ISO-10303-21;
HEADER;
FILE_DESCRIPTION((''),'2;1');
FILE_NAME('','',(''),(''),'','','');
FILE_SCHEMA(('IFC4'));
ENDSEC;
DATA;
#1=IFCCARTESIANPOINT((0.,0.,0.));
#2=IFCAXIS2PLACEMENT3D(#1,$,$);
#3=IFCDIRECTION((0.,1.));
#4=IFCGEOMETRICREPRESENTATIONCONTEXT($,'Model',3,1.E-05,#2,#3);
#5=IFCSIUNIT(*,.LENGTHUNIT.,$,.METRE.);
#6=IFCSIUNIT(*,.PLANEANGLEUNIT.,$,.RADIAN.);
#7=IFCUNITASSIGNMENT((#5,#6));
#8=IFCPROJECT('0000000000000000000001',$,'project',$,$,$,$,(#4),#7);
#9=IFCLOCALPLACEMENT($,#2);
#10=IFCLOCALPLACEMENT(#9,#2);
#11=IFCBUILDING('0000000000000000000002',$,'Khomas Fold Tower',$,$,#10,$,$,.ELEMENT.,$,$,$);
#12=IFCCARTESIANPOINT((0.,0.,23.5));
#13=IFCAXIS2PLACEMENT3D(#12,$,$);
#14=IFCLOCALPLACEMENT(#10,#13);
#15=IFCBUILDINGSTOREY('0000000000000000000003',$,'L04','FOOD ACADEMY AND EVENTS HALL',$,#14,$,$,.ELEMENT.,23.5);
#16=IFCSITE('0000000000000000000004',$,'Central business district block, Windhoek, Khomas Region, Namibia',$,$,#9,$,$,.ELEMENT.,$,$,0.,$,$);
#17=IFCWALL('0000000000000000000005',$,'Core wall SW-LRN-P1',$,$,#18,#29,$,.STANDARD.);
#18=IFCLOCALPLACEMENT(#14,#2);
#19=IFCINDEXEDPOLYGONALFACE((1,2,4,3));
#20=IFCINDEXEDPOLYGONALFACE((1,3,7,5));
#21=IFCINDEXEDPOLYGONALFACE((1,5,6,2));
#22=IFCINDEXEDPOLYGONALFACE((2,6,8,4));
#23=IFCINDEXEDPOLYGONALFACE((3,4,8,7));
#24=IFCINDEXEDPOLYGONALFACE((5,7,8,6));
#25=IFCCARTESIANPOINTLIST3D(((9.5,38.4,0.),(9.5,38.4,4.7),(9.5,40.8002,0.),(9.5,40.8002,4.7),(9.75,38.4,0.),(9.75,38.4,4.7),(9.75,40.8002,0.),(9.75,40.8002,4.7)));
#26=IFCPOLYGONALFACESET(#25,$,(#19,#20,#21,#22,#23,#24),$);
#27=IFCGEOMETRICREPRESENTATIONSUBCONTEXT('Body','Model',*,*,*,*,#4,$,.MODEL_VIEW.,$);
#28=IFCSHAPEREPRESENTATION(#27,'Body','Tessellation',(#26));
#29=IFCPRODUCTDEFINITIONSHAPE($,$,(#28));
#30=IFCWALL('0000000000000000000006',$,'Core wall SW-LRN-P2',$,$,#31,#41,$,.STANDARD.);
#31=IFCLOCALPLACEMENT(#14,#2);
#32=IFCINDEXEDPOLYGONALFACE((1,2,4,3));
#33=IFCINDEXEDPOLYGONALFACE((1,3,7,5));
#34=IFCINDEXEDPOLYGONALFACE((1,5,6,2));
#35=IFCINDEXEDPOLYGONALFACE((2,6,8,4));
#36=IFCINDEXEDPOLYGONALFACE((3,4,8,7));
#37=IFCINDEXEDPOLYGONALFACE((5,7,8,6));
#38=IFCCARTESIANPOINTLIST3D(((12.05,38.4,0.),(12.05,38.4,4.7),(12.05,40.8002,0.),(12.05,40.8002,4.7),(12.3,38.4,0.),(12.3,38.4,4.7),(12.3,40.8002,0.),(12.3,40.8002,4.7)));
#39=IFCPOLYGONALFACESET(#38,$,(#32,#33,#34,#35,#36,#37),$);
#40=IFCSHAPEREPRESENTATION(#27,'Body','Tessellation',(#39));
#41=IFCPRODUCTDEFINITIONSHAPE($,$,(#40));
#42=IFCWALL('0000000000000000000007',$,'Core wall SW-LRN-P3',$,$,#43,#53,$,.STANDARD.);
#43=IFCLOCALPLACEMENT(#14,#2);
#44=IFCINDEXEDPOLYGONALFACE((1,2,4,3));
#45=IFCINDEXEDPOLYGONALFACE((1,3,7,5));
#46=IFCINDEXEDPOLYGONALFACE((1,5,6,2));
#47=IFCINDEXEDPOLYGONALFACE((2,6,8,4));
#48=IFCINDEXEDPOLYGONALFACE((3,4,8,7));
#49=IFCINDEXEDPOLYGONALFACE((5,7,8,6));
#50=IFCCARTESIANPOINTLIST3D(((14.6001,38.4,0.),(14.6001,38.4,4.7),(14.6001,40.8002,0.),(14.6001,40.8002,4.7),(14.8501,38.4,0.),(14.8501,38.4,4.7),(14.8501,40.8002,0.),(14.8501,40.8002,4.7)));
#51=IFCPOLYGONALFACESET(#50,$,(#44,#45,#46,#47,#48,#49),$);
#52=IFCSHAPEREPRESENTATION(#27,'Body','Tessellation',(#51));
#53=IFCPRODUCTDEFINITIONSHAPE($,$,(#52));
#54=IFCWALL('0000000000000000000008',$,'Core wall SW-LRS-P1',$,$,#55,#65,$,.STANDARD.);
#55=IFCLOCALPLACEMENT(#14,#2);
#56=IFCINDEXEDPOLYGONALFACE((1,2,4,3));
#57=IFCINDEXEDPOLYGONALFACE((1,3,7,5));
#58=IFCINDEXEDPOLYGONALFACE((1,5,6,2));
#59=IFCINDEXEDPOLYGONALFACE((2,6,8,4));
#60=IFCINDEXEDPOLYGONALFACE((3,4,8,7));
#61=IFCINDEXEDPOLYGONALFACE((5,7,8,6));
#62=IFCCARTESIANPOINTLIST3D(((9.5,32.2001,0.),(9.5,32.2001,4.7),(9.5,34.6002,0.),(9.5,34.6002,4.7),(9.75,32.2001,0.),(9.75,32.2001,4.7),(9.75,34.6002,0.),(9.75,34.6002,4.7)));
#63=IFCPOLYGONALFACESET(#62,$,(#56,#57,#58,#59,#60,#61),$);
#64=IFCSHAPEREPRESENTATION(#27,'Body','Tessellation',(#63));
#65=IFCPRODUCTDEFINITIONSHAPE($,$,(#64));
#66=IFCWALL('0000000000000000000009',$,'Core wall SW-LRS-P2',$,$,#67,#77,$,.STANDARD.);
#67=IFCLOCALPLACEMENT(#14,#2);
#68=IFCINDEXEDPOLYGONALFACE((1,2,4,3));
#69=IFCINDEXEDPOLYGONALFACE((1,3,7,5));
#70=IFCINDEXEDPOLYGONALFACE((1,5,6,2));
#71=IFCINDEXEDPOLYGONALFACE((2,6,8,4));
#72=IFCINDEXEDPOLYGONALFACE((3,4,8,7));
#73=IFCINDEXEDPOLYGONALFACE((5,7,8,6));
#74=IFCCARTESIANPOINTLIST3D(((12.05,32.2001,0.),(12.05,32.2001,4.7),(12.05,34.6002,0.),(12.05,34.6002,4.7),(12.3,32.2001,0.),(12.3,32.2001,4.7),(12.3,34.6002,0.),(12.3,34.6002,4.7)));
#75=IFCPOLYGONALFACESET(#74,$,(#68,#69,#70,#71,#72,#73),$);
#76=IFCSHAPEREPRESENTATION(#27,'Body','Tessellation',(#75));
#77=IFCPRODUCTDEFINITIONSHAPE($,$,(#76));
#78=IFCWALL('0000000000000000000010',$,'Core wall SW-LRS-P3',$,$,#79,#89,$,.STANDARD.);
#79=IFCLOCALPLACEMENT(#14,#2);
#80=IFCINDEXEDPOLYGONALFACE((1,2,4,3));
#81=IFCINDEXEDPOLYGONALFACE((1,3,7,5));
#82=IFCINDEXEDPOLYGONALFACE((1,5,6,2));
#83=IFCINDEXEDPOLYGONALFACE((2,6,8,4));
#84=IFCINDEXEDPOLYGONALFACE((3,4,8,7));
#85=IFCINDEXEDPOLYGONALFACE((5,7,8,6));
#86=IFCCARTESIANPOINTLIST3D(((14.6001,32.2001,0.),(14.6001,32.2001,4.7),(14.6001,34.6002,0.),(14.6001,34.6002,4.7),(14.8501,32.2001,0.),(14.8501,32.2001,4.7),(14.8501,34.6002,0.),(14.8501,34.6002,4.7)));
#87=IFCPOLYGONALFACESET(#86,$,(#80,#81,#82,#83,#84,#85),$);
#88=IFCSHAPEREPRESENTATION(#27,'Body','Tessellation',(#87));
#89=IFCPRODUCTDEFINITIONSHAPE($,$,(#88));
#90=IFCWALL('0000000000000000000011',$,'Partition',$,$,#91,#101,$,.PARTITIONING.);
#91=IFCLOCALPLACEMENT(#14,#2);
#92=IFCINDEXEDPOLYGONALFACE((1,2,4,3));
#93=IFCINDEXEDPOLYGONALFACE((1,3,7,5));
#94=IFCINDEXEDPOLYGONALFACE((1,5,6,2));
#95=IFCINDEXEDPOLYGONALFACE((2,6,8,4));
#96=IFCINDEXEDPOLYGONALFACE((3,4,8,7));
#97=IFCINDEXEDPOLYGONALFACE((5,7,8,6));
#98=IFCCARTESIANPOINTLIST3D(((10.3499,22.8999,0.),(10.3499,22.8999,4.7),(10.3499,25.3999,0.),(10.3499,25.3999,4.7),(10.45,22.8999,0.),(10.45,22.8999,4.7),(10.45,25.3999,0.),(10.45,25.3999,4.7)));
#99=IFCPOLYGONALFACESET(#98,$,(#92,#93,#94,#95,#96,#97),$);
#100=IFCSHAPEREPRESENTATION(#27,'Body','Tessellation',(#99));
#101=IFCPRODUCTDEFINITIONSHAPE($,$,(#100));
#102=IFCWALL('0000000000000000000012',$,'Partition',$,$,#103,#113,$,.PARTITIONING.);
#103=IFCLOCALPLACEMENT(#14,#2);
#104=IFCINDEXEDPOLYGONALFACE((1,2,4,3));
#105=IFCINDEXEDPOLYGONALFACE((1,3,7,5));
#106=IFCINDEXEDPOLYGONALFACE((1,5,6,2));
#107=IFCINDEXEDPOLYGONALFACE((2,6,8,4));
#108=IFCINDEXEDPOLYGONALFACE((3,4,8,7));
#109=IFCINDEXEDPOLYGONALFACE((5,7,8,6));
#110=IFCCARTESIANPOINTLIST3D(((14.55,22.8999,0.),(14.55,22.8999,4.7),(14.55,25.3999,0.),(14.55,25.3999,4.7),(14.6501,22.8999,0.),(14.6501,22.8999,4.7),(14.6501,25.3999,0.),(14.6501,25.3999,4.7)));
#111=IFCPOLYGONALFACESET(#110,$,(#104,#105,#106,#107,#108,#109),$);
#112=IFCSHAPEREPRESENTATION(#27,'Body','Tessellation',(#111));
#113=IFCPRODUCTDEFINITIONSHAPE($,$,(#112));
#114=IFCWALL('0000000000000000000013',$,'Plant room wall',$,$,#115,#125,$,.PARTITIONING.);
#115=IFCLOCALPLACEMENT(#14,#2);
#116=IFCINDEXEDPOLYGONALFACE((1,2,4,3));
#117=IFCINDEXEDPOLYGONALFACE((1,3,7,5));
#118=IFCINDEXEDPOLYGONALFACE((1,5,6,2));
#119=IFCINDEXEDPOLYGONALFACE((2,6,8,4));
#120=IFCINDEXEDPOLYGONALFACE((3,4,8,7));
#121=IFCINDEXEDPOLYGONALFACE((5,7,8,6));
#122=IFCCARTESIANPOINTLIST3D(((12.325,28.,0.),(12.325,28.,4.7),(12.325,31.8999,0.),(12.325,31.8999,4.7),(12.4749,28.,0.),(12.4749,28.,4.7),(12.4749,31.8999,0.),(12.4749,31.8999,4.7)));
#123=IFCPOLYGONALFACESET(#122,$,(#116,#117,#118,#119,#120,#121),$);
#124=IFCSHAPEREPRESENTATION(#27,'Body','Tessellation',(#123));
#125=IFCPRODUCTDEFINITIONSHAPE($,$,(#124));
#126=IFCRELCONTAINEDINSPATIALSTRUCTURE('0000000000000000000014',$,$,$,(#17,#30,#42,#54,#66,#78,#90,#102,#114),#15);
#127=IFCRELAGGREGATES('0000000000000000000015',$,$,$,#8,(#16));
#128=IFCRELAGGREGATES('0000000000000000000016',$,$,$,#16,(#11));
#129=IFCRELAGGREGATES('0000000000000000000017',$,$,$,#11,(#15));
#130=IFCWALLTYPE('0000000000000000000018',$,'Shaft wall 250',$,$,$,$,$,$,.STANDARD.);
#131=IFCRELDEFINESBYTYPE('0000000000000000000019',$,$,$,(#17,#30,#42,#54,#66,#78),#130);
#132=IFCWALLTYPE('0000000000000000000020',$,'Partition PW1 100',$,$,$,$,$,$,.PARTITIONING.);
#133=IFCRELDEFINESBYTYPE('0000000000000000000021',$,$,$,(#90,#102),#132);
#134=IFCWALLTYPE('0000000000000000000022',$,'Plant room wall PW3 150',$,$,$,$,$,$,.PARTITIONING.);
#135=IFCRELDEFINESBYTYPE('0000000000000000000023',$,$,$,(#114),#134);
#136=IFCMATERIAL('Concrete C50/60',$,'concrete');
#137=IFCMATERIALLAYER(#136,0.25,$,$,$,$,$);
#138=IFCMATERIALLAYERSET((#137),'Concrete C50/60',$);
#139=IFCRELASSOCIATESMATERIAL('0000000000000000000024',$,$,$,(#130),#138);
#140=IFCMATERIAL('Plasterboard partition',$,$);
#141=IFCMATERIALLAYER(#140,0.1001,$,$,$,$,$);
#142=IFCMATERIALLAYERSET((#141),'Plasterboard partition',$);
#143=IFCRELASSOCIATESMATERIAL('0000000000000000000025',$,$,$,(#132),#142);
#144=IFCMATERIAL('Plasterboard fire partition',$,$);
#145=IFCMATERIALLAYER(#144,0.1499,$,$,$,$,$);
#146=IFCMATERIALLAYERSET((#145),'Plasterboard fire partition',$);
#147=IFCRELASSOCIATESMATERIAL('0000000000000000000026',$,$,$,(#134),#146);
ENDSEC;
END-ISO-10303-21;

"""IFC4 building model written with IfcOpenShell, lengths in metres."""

from ifc_helpers import new_model, si_unit, direction, frame, frame_2d, origin, place, context, subcontext, project, spatial, rectangle, extrude, source, transform, mapped, material, layer, layer_set, type_object, element, save


model = new_model("IFC4")

# Units and contexts
model_context = context("Model", 3, precision=1e-05, world=origin(), true_north=direction((0.0, 1.0)))
body_context = subcontext(model_context, "Body", "Model", "MODEL_VIEW")
ifc_project = project(units=[si_unit("LENGTHUNIT", "METRE"), si_unit("PLANEANGLEUNIT", "RADIAN")], contexts=[model_context])

# Site, building, storey
site_placement = place(None, origin())
site = spatial("IfcSite", under=ifc_project, at=site_placement, Name="Central business district block, Windhoek, Khomas Region, Namibia", CompositionType="ELEMENT", RefElevation=0.0)
building_placement = place(site_placement, origin())
building = spatial("IfcBuilding", under=site, at=building_placement, Name="Khomas Fold Tower", CompositionType="ELEMENT")
storey_placement = place(building_placement, frame((0.0, 0.0, 23.5)))
storey = spatial("IfcBuildingStorey", under=building, at=storey_placement, Name="L04", Description="FOOD ACADEMY AND EVENTS HALL", CompositionType="ELEMENT", Elevation=23.5)

# Walls
ifc_material_1 = material(Name="Concrete C50/60", Category="concrete")
ifc_layer_1 = layer(ifc_material_1, 0.25)
ifc_layer_set_1 = layer_set([ifc_layer_1], Name="Concrete C50/60")
wall_type_1 = type_object("IfcWallType", Name="Shaft wall 250", PredefinedType="STANDARD", material=ifc_layer_set_1)
shared_shape_1 = source(origin(), body_context, "Body", "SweptSolid", [
    extrude(rectangle(XDim=2.4001, YDim=0.25, at=frame_2d((1.2002, 0.0))), origin(), (0.0, 0.0, 1.0), 4.7),
])
for number, where, z_axis, x_axis, name in (
    (1, (9.625, 38.3999, 0.0), (0.0, 0.0, 1.0), (0.0, 1.0, 0.0), "Core wall SW-LRN-P1"),
    (2, (12.175, 38.3999, 0.0), (0.0, 0.0, 1.0), (0.0, 1.0, 0.0), "Core wall SW-LRN-P2"),
    (3, (14.7251, 38.3999, 0.0), (0.0, 0.0, 1.0), (0.0, 1.0, 0.0), "Core wall SW-LRN-P3"),
    (4, (9.625, 32.2, 0.0), (0.0, 0.0, 1.0), (0.0, 1.0, 0.0), "Core wall SW-LRS-P1"),
    (5, (12.175, 32.2, 0.0), (0.0, 0.0, 1.0), (0.0, 1.0, 0.0), "Core wall SW-LRS-P2"),
    (6, (14.7251, 32.2, 0.0), (0.0, 0.0, 1.0), (0.0, 1.0, 0.0), "Core wall SW-LRS-P3"),
):
    element("IfcWall", number, at=place(storey_placement, frame(where, z_axis=z_axis, x_axis=x_axis)), inside=storey, type_object=wall_type_1, Name=name, PredefinedType="STANDARD", context=body_context, shape_type="MappedRepresentation", body=[
        mapped(shared_shape_1, transform((0.0, 0.0, 0.0))),
    ])
ifc_material_2 = material(Name="Plasterboard partition")
ifc_layer_2 = layer(ifc_material_2, 0.1001)
ifc_layer_set_2 = layer_set([ifc_layer_2], Name="Plasterboard partition")
wall_type_2 = type_object("IfcWallType", Name="Partition PW1 100", PredefinedType="PARTITIONING", material=ifc_layer_set_2)
shared_shape_2 = source(origin(), body_context, "Body", "SweptSolid", [
    extrude(rectangle(XDim=2.5, YDim=0.1001, at=frame_2d((1.25, 0.0))), origin(), (0.0, 0.0, 1.0), 4.7),
])
for number, where, z_axis, x_axis, name in (
    (7, (10.3999, 22.8999, 0.0), (0.0, 0.0, 1.0), (0.0, 1.0, 0.0), "Partition"),
    (8, (14.6001, 22.8999, 0.0), (0.0, 0.0, 1.0), (0.0, 1.0, 0.0), "Partition"),
):
    element("IfcWall", number, at=place(storey_placement, frame(where, z_axis=z_axis, x_axis=x_axis)), inside=storey, type_object=wall_type_2, Name=name, PredefinedType="PARTITIONING", context=body_context, shape_type="MappedRepresentation", body=[
        mapped(shared_shape_2, transform((0.0, 0.0, 0.0))),
    ])
ifc_material_3 = material(Name="Plasterboard fire partition")
ifc_layer_3 = layer(ifc_material_3, 0.1499)
ifc_layer_set_3 = layer_set([ifc_layer_3], Name="Plasterboard fire partition")
wall_type_3 = type_object("IfcWallType", Name="Plant room wall PW3 150", PredefinedType="PARTITIONING", material=ifc_layer_set_3)
shared_shape_3 = source(origin(), body_context, "Body", "SweptSolid", [
    extrude(rectangle(XDim=3.8999, YDim=0.1499, at=frame_2d((1.95, 0.0))), origin(), (0.0, 0.0, 1.0), 4.7),
])
wall_placement = place(storey_placement, frame((12.3999, 28.0, 0.0), z_axis=(0.0, 0.0, 1.0), x_axis=(0.0, 1.0, 0.0)))
element("IfcWall", 9, at=wall_placement, inside=storey, type_object=wall_type_3, Name="Plant room wall", PredefinedType="PARTITIONING", context=body_context, shape_type="MappedRepresentation", body=[
    mapped(shared_shape_3, transform((0.0, 0.0, 0.0))),
])

save(model, "model.ifc")
